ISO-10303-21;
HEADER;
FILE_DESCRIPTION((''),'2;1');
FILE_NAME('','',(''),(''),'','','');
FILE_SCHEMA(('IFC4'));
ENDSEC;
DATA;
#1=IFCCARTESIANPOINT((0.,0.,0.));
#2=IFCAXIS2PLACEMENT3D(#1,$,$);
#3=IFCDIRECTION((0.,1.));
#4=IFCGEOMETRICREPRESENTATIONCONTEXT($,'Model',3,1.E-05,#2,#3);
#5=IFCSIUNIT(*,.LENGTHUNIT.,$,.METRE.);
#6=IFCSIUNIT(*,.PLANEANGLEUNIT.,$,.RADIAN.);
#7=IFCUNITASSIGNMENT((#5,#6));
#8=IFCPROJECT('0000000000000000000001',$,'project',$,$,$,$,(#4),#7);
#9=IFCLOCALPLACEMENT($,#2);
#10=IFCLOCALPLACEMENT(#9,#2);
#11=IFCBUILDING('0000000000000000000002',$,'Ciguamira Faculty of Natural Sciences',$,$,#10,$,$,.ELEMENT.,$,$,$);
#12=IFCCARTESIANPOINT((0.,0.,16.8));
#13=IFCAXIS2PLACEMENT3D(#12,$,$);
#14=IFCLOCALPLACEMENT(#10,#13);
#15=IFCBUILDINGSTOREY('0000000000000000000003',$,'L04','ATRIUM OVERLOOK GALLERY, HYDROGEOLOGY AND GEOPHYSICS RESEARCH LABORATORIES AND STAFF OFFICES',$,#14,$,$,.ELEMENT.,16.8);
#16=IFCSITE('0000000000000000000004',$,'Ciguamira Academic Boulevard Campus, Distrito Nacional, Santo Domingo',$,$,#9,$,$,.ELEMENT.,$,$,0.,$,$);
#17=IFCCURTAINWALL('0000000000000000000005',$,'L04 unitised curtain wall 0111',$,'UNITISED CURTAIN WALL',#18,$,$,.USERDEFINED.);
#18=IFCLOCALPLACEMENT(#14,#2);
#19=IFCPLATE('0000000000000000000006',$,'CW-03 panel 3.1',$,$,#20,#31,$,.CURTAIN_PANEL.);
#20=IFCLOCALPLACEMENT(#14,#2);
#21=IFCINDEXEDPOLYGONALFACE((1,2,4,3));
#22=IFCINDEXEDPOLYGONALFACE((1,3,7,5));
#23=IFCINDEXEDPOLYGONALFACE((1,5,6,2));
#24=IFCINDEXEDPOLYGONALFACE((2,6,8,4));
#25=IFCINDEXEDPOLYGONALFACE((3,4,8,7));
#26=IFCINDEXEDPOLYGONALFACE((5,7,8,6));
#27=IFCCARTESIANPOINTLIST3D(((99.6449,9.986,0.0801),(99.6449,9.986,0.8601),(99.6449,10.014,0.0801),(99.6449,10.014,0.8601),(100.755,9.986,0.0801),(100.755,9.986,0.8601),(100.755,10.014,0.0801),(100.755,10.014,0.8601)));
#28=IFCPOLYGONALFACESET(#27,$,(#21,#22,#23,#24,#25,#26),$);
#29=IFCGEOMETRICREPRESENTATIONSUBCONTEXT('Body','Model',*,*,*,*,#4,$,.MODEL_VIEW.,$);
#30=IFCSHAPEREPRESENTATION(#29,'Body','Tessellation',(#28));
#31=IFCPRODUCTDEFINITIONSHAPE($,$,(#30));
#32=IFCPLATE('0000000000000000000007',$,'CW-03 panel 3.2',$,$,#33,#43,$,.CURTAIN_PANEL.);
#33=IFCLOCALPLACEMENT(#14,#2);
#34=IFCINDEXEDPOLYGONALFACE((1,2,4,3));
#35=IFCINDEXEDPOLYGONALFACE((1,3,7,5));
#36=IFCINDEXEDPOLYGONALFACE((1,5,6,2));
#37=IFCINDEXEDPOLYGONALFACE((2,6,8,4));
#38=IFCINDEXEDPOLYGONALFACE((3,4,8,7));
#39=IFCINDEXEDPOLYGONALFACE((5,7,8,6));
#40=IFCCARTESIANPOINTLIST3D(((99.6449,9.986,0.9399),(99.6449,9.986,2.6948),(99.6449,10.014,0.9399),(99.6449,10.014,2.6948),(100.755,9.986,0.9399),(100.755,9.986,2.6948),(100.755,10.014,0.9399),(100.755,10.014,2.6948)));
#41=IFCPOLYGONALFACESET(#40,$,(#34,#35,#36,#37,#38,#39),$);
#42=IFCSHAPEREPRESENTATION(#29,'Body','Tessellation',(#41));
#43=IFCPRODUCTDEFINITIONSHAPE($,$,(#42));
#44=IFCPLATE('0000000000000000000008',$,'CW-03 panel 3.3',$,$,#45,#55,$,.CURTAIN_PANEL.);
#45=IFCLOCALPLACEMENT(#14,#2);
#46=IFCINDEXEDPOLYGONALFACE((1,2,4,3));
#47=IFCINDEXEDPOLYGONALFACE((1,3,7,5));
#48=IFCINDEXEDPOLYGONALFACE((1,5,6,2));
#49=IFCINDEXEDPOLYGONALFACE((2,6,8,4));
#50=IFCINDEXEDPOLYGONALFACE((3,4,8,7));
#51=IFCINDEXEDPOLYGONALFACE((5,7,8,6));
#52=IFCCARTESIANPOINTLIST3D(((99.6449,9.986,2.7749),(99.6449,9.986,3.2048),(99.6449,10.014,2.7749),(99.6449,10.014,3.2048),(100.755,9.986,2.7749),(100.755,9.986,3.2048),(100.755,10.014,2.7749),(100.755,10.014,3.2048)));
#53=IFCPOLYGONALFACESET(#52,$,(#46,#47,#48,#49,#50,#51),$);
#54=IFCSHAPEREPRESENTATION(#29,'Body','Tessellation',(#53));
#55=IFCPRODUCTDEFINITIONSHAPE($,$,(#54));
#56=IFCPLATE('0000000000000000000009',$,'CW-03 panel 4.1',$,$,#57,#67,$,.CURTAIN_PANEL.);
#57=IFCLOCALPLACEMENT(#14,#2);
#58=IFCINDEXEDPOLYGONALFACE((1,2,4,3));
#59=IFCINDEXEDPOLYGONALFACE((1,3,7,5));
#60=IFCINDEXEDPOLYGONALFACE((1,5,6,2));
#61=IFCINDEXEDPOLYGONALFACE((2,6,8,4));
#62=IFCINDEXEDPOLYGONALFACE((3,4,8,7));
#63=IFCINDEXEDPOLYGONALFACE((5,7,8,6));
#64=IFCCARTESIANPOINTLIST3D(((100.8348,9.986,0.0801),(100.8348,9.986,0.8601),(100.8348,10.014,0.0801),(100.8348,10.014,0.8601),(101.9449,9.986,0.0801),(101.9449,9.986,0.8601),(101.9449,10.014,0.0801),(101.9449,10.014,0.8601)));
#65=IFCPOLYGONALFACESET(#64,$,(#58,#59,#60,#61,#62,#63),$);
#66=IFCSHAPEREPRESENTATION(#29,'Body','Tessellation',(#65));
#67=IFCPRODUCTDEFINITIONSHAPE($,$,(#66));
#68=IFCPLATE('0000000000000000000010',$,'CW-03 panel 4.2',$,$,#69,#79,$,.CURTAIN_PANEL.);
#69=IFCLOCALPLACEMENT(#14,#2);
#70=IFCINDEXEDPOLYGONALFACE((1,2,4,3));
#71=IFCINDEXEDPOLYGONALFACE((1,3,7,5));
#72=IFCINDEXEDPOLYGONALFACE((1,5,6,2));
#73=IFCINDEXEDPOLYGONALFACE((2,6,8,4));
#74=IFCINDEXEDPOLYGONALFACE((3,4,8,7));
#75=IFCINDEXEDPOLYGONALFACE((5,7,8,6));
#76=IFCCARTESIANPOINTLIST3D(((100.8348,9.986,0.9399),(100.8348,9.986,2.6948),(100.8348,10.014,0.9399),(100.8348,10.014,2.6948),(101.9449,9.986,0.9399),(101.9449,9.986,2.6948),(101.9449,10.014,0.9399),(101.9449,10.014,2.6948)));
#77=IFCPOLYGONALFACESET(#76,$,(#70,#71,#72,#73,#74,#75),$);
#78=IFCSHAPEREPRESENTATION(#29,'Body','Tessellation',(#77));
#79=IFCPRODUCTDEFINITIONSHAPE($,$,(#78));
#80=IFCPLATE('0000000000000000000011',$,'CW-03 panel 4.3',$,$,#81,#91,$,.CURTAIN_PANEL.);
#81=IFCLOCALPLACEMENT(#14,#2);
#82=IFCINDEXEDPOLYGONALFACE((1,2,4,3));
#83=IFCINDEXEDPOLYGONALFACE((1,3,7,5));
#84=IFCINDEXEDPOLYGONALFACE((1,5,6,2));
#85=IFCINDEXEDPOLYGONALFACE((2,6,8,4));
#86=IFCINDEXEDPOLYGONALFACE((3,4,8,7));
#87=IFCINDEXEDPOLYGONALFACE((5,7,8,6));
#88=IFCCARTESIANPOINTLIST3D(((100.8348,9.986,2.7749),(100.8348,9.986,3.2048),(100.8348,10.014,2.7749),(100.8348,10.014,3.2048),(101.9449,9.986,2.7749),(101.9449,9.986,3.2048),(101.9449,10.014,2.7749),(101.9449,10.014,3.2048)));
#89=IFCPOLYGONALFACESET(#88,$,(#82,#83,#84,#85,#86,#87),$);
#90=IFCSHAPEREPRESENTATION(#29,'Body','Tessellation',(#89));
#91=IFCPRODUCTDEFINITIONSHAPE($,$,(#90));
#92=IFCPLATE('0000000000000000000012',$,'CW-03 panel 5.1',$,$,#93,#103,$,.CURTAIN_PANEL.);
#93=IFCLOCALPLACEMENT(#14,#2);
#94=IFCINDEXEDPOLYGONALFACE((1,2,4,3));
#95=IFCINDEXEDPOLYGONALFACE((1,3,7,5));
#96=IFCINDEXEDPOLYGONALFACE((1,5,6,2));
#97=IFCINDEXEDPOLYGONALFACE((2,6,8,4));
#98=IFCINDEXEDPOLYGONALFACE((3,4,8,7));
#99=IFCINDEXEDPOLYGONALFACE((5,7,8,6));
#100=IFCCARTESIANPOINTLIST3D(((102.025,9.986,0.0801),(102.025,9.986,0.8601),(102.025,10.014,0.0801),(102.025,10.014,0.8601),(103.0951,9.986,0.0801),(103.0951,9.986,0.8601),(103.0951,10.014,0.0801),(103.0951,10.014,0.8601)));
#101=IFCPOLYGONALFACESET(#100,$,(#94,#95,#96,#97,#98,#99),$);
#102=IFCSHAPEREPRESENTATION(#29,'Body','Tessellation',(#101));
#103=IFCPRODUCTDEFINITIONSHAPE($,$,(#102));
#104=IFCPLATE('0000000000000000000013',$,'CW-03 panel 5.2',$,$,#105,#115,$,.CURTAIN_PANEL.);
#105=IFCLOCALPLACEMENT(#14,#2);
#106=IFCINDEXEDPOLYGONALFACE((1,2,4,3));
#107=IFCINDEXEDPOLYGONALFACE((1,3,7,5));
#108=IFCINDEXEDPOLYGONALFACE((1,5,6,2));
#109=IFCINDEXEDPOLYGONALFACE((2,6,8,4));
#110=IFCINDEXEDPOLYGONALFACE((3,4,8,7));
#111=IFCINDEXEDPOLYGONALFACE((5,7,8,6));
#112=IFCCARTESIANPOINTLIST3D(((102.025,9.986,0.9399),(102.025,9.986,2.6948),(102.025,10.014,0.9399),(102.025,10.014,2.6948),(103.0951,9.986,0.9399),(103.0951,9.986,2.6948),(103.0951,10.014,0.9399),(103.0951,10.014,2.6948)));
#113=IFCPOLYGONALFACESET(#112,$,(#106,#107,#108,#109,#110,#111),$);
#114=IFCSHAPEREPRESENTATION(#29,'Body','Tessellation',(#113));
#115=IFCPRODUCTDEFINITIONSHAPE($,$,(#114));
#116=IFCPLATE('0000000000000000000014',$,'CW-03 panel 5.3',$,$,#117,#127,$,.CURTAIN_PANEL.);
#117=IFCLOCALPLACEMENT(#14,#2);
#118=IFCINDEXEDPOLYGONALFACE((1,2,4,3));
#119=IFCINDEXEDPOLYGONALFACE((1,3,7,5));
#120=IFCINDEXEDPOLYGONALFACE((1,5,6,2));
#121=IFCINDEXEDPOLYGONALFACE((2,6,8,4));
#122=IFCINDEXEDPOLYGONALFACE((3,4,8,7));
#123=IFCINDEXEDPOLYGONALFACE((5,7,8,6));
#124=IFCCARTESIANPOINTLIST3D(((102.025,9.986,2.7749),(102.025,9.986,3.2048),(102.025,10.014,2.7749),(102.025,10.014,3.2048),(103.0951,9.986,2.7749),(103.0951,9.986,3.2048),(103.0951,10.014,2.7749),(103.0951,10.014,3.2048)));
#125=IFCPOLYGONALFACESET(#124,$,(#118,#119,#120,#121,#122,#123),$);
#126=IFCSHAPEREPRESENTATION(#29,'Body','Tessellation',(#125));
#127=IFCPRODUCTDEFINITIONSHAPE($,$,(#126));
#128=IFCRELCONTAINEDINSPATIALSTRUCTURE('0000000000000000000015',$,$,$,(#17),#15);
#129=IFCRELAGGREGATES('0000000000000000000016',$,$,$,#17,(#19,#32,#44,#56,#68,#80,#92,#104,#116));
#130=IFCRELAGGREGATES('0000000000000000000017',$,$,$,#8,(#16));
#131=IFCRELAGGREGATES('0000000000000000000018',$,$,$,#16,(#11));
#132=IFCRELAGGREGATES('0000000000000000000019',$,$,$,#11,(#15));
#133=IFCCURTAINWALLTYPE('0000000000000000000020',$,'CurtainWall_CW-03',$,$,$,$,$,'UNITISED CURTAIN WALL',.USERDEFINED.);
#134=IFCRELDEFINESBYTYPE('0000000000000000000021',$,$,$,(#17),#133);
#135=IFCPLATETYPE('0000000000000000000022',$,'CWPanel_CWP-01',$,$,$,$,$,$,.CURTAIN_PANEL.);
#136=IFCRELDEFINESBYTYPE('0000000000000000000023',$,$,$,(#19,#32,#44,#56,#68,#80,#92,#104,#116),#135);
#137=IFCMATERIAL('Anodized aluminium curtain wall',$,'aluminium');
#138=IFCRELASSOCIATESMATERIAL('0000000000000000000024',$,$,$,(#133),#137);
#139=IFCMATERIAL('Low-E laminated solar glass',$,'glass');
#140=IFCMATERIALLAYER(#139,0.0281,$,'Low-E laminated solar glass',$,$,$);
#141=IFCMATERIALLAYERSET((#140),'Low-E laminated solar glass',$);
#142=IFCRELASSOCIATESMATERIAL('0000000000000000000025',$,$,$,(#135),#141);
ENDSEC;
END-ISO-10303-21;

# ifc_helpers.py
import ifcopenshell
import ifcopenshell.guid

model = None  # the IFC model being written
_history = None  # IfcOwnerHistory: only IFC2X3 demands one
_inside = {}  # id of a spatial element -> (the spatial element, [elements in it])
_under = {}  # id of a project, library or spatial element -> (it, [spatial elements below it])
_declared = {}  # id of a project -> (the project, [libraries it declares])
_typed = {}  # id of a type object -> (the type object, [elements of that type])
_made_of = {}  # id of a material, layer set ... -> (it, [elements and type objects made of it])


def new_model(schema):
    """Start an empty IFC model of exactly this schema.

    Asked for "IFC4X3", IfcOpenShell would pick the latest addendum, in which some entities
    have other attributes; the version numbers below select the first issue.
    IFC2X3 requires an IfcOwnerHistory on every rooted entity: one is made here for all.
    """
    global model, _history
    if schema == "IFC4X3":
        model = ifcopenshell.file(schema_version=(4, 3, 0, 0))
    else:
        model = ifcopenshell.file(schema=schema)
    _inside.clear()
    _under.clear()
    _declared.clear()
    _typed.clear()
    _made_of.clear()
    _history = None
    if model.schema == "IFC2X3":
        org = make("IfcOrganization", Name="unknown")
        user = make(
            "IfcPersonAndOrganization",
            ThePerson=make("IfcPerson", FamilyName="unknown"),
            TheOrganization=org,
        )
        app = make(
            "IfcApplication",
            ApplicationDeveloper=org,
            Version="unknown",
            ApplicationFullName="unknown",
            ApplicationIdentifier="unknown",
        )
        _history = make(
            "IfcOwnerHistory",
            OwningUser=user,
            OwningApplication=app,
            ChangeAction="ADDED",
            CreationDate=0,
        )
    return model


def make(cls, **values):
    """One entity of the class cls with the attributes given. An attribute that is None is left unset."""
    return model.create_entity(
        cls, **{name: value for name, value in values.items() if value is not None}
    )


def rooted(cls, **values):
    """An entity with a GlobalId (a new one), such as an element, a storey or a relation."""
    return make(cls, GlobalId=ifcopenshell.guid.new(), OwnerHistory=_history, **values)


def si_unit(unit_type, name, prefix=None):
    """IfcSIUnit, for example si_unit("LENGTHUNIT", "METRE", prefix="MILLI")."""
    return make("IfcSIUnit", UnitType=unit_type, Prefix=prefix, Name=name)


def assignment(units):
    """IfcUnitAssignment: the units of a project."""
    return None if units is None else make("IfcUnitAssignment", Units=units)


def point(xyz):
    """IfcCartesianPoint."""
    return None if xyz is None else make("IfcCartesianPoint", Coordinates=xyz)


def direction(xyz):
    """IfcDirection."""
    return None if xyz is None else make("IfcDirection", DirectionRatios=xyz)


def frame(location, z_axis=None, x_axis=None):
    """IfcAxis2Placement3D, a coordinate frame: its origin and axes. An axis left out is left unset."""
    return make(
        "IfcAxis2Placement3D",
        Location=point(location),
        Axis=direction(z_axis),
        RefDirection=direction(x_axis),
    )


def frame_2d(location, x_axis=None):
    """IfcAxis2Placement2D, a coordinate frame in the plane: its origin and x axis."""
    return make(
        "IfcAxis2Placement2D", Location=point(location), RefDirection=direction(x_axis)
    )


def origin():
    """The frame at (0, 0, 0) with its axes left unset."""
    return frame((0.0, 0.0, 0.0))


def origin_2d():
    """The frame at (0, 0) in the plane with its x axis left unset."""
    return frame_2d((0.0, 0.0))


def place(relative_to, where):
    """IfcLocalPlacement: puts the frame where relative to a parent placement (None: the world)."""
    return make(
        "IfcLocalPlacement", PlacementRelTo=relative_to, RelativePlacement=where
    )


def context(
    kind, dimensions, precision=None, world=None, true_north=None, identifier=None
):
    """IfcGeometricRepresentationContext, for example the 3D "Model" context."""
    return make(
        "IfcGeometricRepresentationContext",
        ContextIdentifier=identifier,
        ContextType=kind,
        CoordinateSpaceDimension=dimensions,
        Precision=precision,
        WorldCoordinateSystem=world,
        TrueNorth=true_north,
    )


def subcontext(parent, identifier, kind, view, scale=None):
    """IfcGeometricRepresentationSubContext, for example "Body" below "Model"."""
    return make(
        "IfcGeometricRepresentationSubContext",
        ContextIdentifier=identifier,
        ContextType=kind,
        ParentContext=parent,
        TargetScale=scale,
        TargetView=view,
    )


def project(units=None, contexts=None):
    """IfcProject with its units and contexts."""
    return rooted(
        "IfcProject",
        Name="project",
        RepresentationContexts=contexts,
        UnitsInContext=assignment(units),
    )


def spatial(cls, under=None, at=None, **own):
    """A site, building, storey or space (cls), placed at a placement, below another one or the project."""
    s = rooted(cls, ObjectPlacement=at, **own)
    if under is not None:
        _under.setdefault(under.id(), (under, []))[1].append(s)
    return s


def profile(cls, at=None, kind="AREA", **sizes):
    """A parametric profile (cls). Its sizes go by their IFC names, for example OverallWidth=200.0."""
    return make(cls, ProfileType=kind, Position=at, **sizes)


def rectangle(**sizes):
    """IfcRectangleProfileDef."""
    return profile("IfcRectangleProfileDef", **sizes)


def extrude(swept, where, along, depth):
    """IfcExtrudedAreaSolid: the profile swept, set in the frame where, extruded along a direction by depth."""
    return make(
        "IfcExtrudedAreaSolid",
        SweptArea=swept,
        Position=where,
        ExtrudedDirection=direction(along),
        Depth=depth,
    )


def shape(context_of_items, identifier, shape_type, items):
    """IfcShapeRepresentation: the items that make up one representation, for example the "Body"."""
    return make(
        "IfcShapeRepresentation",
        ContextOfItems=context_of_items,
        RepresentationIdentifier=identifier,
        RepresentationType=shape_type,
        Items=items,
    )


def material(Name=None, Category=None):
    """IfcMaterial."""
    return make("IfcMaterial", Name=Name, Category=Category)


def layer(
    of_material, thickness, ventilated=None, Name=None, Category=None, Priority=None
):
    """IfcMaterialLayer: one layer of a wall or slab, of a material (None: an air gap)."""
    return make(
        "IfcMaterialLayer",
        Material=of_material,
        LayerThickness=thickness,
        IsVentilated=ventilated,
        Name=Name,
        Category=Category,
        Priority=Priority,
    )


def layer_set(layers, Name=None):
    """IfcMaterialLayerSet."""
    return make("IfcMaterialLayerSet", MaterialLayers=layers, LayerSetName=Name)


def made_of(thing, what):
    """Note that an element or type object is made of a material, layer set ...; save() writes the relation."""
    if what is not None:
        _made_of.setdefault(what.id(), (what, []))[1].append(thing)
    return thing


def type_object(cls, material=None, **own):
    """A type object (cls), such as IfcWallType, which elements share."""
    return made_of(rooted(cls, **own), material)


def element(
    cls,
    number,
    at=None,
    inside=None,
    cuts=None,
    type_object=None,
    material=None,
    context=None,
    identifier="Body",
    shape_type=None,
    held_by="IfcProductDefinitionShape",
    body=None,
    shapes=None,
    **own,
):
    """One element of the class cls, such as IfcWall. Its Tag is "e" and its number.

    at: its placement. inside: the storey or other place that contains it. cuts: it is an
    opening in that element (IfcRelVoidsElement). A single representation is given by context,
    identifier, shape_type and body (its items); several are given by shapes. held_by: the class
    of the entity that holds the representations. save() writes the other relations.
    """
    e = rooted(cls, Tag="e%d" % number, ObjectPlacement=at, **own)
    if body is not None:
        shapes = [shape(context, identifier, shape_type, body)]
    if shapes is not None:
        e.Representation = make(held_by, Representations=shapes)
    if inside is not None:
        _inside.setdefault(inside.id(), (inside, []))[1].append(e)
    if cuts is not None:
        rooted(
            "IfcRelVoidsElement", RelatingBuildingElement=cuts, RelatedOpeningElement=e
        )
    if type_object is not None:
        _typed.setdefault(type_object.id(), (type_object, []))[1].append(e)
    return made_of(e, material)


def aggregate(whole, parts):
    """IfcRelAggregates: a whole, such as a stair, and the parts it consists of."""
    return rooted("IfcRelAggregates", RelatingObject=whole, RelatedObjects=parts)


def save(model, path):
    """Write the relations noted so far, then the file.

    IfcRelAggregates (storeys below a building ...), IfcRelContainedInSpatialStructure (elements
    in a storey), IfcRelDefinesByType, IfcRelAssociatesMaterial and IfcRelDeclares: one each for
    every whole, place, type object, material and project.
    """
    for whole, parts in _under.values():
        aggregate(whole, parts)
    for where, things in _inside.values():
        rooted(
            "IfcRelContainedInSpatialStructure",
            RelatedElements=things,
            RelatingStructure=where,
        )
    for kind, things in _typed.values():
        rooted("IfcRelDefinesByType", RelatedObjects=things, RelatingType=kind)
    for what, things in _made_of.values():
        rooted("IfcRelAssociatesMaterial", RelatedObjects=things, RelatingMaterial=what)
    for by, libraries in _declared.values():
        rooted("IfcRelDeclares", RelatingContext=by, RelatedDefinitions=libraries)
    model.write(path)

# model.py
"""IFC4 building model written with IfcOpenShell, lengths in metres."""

from ifc_helpers import new_model, si_unit, direction, frame, origin, origin_2d, place, context, subcontext, project, spatial, rectangle, extrude, material, layer, layer_set, type_object, element, aggregate, save


model = new_model("IFC4")

# Units and contexts
model_context = context("Model", 3, precision=1e-05, world=origin(), true_north=direction((0.0, 1.0)))
body_context = subcontext(model_context, "Body", "Model", "MODEL_VIEW")
ifc_project = project(units=[si_unit("LENGTHUNIT", "METRE"), si_unit("PLANEANGLEUNIT", "RADIAN")], contexts=[model_context])

# Site, building, storey
site_placement = place(None, origin())
site = spatial("IfcSite", under=ifc_project, at=site_placement, Name="Ciguamira Academic Boulevard Campus, Distrito Nacional, Santo Domingo", CompositionType="ELEMENT", RefElevation=0.0)
building_placement = place(site_placement, origin())
building = spatial("IfcBuilding", under=site, at=building_placement, Name="Ciguamira Faculty of Natural Sciences", CompositionType="ELEMENT")
storey_placement = place(building_placement, frame((0.0, 0.0, 16.8)))
storey = spatial("IfcBuildingStorey", under=building, at=storey_placement, Name="L04", Description="ATRIUM OVERLOOK GALLERY, HYDROGEOLOGY AND GEOPHYSICS RESEARCH LABORATORIES AND STAFF OFFICES", CompositionType="ELEMENT", Elevation=16.8)

# Curtain wall
ifc_material_1 = material(Name="Anodized aluminium curtain wall", Category="aluminium")
curtain_wall_type = type_object("IfcCurtainWallType", Name="CurtainWall_CW-03", ElementType="UNITISED CURTAIN WALL", PredefinedType="USERDEFINED", material=ifc_material_1)
curtain_wall_placement = place(storey_placement, origin())
curtain_wall = element("IfcCurtainWall", 1, at=curtain_wall_placement, inside=storey, type_object=curtain_wall_type, Name="L04 unitised curtain wall 0111", ObjectType="UNITISED CURTAIN WALL", PredefinedType="USERDEFINED")

# Plates
ifc_material_2 = material(Name="Low-E laminated solar glass", Category="glass")
ifc_layer = layer(ifc_material_2, 0.0281, Name="Low-E laminated solar glass")
ifc_layer_set = layer_set([ifc_layer], Name="Low-E laminated solar glass")
plate_type = type_object("IfcPlateType", Name="CWPanel_CWP-01", PredefinedType="CURTAIN_PANEL", material=ifc_layer_set)
plate_1_placement = place(storey_placement, frame((100.2, 10.0, 0.0801), z_axis=(0.0, 0.0, 1.0), x_axis=(1.0, 0.0, 0.0)))
plate_1 = element("IfcPlate", 2, at=plate_1_placement, type_object=plate_type, Name="CW-03 panel 3.1", PredefinedType="CURTAIN_PANEL", context=body_context, shape_type="SweptSolid", body=[
    extrude(rectangle(XDim=1.1101, YDim=0.0281, at=origin_2d()), origin(), (0.0, 0.0, 1.0), 0.78),
])
plate_2_placement = place(storey_placement, frame((100.2, 10.0, 0.9399), z_axis=(0.0, 0.0, 1.0), x_axis=(1.0, 0.0, 0.0)))
plate_2 = element("IfcPlate", 3, at=plate_2_placement, type_object=plate_type, Name="CW-03 panel 3.2", PredefinedType="CURTAIN_PANEL", context=body_context, shape_type="SweptSolid", body=[
    extrude(rectangle(XDim=1.1101, YDim=0.0281, at=origin_2d()), origin(), (0.0, 0.0, 1.0), 1.7549),
])
plate_3_placement = place(storey_placement, frame((100.2, 10.0, 2.7749), z_axis=(0.0, 0.0, 1.0), x_axis=(1.0, 0.0, 0.0)))
plate_3 = element("IfcPlate", 4, at=plate_3_placement, type_object=plate_type, Name="CW-03 panel 3.3", PredefinedType="CURTAIN_PANEL", context=body_context, shape_type="SweptSolid", body=[
    extrude(rectangle(XDim=1.1101, YDim=0.0281, at=origin_2d()), origin(), (0.0, 0.0, 1.0), 0.4299),
])
plate_4_placement = place(storey_placement, frame((101.3899, 10.0, 0.0801), z_axis=(0.0, 0.0, 1.0), x_axis=(1.0, 0.0, 0.0)))
plate_4 = element("IfcPlate", 5, at=plate_4_placement, type_object=plate_type, Name="CW-03 panel 4.1", PredefinedType="CURTAIN_PANEL", context=body_context, shape_type="SweptSolid", body=[
    extrude(rectangle(XDim=1.1101, YDim=0.0281, at=origin_2d()), origin(), (0.0, 0.0, 1.0), 0.78),
])
plate_5_placement = place(storey_placement, frame((101.3899, 10.0, 0.9399), z_axis=(0.0, 0.0, 1.0), x_axis=(1.0, 0.0, 0.0)))
plate_5 = element("IfcPlate", 6, at=plate_5_placement, type_object=plate_type, Name="CW-03 panel 4.2", PredefinedType="CURTAIN_PANEL", context=body_context, shape_type="SweptSolid", body=[
    extrude(rectangle(XDim=1.1101, YDim=0.0281, at=origin_2d()), origin(), (0.0, 0.0, 1.0), 1.7549),
])
plate_6_placement = place(storey_placement, frame((101.3899, 10.0, 2.7749), z_axis=(0.0, 0.0, 1.0), x_axis=(1.0, 0.0, 0.0)))
plate_6 = element("IfcPlate", 7, at=plate_6_placement, type_object=plate_type, Name="CW-03 panel 4.3", PredefinedType="CURTAIN_PANEL", context=body_context, shape_type="SweptSolid", body=[
    extrude(rectangle(XDim=1.1101, YDim=0.0281, at=origin_2d()), origin(), (0.0, 0.0, 1.0), 0.4299),
])
plate_7_placement = place(storey_placement, frame((102.5601, 10.0, 0.0801), z_axis=(0.0, 0.0, 1.0), x_axis=(1.0, 0.0, 0.0)))
plate_7 = element("IfcPlate", 8, at=plate_7_placement, type_object=plate_type, Name="CW-03 panel 5.1", PredefinedType="CURTAIN_PANEL", context=body_context, shape_type="SweptSolid", body=[
    extrude(rectangle(XDim=1.0701, YDim=0.0281, at=origin_2d()), origin(), (0.0, 0.0, 1.0), 0.78),
])
plate_8_placement = place(storey_placement, frame((102.5601, 10.0, 0.9399), z_axis=(0.0, 0.0, 1.0), x_axis=(1.0, 0.0, 0.0)))
plate_8 = element("IfcPlate", 9, at=plate_8_placement, type_object=plate_type, Name="CW-03 panel 5.2", PredefinedType="CURTAIN_PANEL", context=body_context, shape_type="SweptSolid", body=[
    extrude(rectangle(XDim=1.0701, YDim=0.0281, at=origin_2d()), origin(), (0.0, 0.0, 1.0), 1.7549),
])
plate_9_placement = place(storey_placement, frame((102.5601, 10.0, 2.7749), z_axis=(0.0, 0.0, 1.0), x_axis=(1.0, 0.0, 0.0)))
plate_9 = element("IfcPlate", 10, at=plate_9_placement, type_object=plate_type, Name="CW-03 panel 5.3", PredefinedType="CURTAIN_PANEL", context=body_context, shape_type="SweptSolid", body=[
    extrude(rectangle(XDim=1.0701, YDim=0.0281, at=origin_2d()), origin(), (0.0, 0.0, 1.0), 0.4299),
])
aggregate(curtain_wall, [plate_1, plate_2, plate_3, plate_4, plate_5, plate_6, plate_7, plate_8, plate_9])

save(model, "model.ifc")
